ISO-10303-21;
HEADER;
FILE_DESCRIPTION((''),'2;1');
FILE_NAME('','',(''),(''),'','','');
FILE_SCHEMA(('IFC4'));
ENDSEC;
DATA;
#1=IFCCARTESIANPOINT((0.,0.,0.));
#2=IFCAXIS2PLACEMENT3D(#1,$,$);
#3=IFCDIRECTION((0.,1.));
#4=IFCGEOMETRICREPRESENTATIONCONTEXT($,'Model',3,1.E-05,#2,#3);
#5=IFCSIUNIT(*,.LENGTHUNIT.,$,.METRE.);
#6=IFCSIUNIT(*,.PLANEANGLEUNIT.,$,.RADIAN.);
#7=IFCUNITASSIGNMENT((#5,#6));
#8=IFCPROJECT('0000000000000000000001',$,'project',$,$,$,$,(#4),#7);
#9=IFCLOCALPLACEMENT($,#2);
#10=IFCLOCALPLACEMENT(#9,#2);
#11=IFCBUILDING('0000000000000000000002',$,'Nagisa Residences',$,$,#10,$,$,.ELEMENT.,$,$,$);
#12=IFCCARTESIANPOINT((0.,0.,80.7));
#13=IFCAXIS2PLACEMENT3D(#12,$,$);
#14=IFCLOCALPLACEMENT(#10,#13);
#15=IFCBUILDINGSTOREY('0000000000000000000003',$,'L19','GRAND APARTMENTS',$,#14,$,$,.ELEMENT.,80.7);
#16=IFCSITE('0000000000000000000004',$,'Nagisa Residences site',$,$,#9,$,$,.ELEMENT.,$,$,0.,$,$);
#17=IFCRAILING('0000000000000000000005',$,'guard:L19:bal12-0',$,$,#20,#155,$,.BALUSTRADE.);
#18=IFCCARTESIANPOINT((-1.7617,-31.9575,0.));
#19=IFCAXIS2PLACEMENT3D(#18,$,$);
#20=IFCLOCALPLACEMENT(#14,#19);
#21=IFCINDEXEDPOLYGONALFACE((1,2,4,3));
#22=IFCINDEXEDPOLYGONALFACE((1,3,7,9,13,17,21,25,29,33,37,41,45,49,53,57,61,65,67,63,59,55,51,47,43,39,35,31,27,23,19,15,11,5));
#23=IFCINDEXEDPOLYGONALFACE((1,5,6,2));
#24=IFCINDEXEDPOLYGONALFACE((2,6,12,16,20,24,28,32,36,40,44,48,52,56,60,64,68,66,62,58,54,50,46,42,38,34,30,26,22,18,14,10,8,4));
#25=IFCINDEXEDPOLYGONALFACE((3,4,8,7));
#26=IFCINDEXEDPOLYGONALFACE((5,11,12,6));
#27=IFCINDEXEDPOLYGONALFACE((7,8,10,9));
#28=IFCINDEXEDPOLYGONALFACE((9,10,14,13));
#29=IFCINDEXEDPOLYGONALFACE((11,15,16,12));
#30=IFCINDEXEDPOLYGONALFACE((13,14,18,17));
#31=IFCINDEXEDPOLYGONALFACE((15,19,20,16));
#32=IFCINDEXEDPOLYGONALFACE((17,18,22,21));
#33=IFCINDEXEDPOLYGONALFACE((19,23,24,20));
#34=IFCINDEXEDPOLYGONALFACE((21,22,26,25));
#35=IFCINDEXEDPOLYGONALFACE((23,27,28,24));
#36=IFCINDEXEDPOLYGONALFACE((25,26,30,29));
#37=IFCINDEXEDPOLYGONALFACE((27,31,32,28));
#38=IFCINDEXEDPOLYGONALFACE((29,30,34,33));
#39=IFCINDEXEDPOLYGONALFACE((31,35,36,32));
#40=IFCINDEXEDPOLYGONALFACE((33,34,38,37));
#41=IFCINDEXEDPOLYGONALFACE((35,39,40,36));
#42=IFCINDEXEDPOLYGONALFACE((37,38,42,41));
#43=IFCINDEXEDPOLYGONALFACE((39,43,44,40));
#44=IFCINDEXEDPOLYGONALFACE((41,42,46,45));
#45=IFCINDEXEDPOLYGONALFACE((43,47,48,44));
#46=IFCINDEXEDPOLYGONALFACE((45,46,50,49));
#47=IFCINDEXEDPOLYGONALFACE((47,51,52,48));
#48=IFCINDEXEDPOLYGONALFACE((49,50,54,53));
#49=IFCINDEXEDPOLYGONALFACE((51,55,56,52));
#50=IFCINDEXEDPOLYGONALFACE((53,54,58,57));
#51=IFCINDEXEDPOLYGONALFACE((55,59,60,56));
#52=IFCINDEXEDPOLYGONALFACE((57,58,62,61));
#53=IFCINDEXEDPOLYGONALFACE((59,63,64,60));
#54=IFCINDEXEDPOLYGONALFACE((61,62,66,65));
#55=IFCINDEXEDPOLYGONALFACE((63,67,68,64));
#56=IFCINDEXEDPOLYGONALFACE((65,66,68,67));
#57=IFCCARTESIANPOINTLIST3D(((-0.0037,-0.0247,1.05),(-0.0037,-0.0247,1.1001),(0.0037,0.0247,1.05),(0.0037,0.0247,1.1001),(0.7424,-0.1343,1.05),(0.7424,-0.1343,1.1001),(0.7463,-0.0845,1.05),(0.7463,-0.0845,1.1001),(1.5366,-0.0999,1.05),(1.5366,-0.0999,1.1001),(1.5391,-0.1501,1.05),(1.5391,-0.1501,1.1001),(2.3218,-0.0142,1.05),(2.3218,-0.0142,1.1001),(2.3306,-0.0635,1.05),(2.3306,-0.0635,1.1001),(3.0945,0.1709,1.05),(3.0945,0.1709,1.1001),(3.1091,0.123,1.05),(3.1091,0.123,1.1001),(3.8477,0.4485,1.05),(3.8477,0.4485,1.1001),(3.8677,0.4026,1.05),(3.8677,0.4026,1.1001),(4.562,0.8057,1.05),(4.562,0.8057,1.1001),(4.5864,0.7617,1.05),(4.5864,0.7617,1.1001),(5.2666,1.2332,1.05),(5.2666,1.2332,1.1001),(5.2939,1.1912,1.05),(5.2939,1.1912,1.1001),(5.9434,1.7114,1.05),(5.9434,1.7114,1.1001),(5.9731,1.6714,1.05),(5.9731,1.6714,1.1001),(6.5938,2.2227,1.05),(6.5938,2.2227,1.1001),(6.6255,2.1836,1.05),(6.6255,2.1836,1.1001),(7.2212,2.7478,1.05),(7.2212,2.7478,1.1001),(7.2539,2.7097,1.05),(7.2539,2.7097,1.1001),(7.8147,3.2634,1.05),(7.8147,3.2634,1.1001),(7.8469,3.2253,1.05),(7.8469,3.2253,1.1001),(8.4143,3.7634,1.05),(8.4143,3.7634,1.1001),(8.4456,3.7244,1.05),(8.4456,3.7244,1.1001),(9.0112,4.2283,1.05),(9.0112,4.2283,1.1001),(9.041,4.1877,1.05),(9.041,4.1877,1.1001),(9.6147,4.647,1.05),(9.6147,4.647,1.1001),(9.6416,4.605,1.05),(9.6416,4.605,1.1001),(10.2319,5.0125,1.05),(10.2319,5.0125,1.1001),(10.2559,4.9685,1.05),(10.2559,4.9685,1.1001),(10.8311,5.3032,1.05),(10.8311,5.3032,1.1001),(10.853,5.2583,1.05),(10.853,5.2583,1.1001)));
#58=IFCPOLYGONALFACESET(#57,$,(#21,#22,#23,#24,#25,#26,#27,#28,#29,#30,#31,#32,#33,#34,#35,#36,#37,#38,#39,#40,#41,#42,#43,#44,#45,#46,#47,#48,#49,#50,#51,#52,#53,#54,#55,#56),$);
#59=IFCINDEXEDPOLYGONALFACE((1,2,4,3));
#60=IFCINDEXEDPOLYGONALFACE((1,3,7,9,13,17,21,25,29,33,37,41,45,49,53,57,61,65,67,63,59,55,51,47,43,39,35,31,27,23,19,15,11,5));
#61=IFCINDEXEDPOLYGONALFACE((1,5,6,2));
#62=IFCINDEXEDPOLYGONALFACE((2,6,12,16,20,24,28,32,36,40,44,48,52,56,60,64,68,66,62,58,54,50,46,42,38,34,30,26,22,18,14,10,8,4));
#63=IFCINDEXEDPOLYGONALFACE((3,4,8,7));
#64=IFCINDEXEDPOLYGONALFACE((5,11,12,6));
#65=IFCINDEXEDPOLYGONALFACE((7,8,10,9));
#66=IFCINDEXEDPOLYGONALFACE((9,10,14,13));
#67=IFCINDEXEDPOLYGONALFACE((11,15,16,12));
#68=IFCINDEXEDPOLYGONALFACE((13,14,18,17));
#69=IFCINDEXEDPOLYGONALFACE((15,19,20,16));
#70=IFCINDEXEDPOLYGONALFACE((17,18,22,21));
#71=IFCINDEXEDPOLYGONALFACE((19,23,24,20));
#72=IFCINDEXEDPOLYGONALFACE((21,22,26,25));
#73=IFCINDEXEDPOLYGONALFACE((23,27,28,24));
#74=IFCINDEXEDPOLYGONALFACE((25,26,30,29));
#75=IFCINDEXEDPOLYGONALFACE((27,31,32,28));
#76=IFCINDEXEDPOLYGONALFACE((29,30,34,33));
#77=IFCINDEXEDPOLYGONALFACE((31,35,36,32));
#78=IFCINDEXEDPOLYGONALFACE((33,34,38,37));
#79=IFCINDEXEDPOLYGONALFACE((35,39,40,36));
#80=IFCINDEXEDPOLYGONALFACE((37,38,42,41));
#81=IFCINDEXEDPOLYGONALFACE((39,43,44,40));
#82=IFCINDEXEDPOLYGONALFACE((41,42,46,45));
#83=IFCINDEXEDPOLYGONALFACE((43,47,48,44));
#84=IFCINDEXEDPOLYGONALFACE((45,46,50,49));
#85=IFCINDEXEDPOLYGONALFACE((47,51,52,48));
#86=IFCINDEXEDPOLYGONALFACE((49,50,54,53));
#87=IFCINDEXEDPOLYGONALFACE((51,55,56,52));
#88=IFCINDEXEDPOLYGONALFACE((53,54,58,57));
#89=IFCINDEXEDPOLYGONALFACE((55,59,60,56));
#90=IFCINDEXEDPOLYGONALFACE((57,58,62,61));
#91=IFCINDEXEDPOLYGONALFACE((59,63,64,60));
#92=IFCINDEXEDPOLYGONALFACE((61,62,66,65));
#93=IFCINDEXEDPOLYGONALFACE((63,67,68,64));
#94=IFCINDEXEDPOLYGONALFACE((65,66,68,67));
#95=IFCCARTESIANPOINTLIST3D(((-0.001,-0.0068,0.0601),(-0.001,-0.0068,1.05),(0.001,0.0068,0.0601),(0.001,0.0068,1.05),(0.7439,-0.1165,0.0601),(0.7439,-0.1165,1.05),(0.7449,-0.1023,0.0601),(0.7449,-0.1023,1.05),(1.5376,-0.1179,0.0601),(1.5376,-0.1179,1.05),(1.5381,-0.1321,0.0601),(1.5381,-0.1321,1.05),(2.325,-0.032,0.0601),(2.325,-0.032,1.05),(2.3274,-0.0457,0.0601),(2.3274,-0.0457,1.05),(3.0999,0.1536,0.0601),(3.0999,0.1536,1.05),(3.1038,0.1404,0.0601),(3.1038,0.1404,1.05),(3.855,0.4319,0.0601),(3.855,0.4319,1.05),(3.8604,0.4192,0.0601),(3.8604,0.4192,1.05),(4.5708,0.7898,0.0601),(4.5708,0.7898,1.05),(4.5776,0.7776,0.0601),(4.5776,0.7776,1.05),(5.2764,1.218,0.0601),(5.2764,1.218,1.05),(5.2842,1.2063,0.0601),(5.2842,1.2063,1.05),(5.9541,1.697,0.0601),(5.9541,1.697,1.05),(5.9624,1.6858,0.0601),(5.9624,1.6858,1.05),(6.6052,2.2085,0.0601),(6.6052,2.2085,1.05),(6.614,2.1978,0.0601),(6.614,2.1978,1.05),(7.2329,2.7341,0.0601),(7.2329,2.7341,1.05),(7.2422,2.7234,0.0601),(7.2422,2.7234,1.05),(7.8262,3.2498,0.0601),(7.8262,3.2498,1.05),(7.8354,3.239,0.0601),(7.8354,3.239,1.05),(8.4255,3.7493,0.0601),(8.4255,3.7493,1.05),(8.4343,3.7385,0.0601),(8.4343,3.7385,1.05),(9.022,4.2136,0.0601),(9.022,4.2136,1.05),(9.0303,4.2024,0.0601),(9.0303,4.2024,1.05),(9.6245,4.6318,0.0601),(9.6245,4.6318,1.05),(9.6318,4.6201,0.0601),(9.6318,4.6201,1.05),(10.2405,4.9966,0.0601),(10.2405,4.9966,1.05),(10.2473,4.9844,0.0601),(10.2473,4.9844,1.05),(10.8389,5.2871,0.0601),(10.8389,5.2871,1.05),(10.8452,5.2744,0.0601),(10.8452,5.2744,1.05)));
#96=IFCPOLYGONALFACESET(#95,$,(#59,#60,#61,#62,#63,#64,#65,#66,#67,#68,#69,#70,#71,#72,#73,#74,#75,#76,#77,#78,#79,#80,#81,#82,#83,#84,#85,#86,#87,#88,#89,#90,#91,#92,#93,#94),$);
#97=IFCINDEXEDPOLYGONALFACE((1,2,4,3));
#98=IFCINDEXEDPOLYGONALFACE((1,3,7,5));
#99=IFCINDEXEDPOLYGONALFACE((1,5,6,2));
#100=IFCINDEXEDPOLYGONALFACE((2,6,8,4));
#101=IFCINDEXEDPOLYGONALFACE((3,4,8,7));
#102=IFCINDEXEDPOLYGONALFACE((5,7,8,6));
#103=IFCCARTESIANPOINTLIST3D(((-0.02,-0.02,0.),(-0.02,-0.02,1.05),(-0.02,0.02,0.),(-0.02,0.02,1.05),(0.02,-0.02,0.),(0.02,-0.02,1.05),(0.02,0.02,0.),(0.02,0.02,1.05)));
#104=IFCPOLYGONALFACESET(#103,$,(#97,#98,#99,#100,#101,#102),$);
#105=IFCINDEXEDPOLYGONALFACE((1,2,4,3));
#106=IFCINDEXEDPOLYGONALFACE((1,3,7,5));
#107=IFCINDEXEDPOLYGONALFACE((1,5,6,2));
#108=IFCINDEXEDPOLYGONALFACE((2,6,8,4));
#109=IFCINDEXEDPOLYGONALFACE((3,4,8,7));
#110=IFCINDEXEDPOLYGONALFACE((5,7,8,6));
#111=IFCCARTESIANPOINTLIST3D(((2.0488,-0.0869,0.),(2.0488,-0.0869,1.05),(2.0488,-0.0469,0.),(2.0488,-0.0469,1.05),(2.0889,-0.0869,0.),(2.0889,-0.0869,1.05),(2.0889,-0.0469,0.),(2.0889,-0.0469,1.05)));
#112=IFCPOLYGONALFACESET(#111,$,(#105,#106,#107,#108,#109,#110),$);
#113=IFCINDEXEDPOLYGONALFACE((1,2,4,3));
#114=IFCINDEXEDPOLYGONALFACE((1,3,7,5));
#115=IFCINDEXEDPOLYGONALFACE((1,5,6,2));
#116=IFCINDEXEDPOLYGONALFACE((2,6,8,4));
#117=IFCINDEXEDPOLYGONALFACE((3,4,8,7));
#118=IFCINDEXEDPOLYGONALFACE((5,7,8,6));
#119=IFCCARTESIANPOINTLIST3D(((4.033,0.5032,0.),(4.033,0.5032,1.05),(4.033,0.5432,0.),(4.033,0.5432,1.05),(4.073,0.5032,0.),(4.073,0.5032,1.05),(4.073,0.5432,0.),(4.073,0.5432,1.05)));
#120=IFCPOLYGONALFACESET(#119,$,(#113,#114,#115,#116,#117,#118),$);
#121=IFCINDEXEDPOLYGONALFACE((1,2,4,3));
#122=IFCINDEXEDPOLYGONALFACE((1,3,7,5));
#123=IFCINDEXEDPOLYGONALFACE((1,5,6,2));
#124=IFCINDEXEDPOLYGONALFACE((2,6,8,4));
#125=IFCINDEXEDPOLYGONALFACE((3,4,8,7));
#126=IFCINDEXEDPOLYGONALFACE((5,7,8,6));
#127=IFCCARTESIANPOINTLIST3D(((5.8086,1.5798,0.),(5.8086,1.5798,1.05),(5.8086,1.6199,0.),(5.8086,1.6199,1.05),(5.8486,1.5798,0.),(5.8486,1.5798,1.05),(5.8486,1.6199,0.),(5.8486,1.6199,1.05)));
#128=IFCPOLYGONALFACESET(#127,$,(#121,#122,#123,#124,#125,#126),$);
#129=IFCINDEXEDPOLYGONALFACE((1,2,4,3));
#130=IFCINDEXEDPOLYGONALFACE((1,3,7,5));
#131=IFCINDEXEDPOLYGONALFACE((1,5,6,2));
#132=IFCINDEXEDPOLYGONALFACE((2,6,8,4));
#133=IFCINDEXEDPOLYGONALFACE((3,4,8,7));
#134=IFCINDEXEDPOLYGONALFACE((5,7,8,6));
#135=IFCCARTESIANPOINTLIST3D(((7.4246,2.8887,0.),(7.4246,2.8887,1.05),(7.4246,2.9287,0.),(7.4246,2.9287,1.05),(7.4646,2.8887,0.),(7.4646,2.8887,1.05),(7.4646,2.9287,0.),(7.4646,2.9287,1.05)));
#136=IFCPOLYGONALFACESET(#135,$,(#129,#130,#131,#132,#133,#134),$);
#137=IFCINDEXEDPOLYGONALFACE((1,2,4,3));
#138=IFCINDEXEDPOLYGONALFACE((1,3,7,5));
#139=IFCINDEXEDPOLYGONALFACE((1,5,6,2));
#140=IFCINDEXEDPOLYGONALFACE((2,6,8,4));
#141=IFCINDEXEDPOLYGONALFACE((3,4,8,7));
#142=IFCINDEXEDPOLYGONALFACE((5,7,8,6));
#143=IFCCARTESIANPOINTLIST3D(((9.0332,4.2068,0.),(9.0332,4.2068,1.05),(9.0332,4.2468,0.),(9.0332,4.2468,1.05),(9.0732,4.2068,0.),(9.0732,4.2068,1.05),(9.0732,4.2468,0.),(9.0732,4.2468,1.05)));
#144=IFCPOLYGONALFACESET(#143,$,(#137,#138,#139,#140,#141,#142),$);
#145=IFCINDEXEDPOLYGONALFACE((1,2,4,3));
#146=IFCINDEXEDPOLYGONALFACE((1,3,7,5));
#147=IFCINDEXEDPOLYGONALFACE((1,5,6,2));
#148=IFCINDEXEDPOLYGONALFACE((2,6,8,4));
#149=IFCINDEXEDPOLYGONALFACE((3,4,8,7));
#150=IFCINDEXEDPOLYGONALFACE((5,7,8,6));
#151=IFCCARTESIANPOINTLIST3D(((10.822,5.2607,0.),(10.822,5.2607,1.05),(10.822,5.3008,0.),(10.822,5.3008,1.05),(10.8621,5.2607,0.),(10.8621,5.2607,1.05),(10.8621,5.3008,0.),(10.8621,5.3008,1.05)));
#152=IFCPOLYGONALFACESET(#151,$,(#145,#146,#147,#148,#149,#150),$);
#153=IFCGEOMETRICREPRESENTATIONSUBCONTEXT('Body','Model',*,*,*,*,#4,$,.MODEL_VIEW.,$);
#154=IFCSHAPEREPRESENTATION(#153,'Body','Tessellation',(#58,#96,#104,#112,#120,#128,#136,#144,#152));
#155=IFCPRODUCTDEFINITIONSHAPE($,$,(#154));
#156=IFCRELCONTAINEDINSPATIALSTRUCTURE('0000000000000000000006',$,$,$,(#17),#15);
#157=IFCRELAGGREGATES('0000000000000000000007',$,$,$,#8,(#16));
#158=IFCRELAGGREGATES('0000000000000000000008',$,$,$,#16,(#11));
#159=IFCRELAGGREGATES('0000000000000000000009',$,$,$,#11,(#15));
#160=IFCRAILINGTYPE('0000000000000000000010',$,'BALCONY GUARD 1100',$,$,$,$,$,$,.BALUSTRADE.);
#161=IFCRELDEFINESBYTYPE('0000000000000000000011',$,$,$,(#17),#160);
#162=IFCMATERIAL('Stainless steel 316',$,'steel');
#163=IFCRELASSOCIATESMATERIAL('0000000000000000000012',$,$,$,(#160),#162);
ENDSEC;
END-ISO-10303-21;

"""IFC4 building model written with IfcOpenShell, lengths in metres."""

from ifc_helpers import new_model, si_unit, direction, frame, origin, origin_2d, place, context, subcontext, project, spatial, polyline, rectangle, outline, extrude, material, type_object, element, save


model = new_model("IFC4")

# Units and contexts
model_context = context("Model", 3, precision=1e-05, world=origin(), true_north=direction((0.0, 1.0)))
body_context = subcontext(model_context, "Body", "Model", "MODEL_VIEW")
ifc_project = project(units=[si_unit("LENGTHUNIT", "METRE"), si_unit("PLANEANGLEUNIT", "RADIAN")], contexts=[model_context])

# Site, building, storey
site_placement = place(None, origin())
site = spatial("IfcSite", under=ifc_project, at=site_placement, Name="Nagisa Residences site", CompositionType="ELEMENT", RefElevation=0.0)
building_placement = place(site_placement, origin())
building = spatial("IfcBuilding", under=site, at=building_placement, Name="Nagisa Residences", CompositionType="ELEMENT")
storey_placement = place(building_placement, frame((0.0, 0.0, 80.7)))
storey = spatial("IfcBuildingStorey", under=building, at=storey_placement, Name="L19", Description="GRAND APARTMENTS", CompositionType="ELEMENT", Elevation=80.7)

# Railing
ifc_material_1 = material(Name="Stainless steel 316", Category="steel")
railing_type = type_object("IfcRailingType", Name="BALCONY GUARD 1100", PredefinedType="BALUSTRADE", material=ifc_material_1)
railing_placement = place(storey_placement, frame((-1.7617, -31.9575, 0.0)))
element("IfcRailing", 1, at=railing_placement, inside=storey, type_object=railing_type, Name="guard:L19:bal12-0", PredefinedType="BALUSTRADE", context=body_context, shape_type="SweptSolid", body=[
    extrude(outline(polyline([(0.7463, -0.0845), (0.0037, 0.0247), (-0.0037, -0.0247), (0.7424, -0.1343), (1.5391, -0.1501), (2.3306, -0.0635), (3.1091, 0.123), (3.8677, 0.4026), (4.5864, 0.7617), (5.2939, 1.1912), (5.9731, 1.6714), (6.6255, 2.1836), (7.2539, 2.7097), (7.8469, 3.2253), (8.4456, 3.7244), (9.041, 4.1877), (9.6416, 4.605), (10.2559, 4.9685), (10.853, 5.2583), (10.8311, 5.3032), (10.2319, 5.0125), (9.6147, 4.647), (9.0112, 4.2283), (8.4143, 3.7634), (7.8147, 3.2634), (7.2212, 2.7478), (6.5938, 2.2227), (5.9434, 1.7114), (5.2666, 1.2332), (4.562, 0.8057), (3.8477, 0.4485), (3.0945, 0.1709), (2.3218, -0.0142), (1.5366, -0.0999), (0.7463, -0.0845)])), frame((0.0, 0.0, 1.05)), (0.0, 0.0, 1.0), 0.05),
    extrude(outline(polyline([(0.7449, -0.1023), (0.001, 0.0068), (-0.001, -0.0068), (0.7439, -0.1165), (1.5381, -0.1321), (2.3274, -0.0457), (3.1038, 0.1404), (3.8604, 0.4192), (4.5776, 0.7776), (5.2842, 1.2063), (5.9624, 1.6858), (6.614, 2.1978), (7.2422, 2.7234), (7.8354, 3.239), (8.4343, 3.7385), (9.0303, 4.2024), (9.6318, 4.6201), (10.2473, 4.9844), (10.8452, 5.2744), (10.8389, 5.2871), (10.2405, 4.9966), (9.6245, 4.6318), (9.022, 4.2136), (8.4255, 3.7493), (7.8262, 3.2498), (7.2329, 2.7341), (6.6052, 2.2085), (5.9541, 1.697), (5.2764, 1.218), (4.5708, 0.7898), (3.855, 0.4319), (3.0999, 0.1536), (2.325, -0.032), (1.5376, -0.1179), (0.7449, -0.1023)])), frame((0.0, 0.0, 0.0601)), (0.0, 0.0, 1.0), 0.99),
    extrude(rectangle(XDim=0.04, YDim=0.04, at=origin_2d()), origin(), (0.0, 0.0, 1.0), 1.05),
    extrude(rectangle(XDim=0.04, YDim=0.04, at=origin_2d()), frame((2.0688, -0.0669, 0.0)), (0.0, 0.0, 1.0), 1.05),
    extrude(rectangle(XDim=0.04, YDim=0.04, at=origin_2d()), frame((4.053, 0.5232, 0.0)), (0.0, 0.0, 1.0), 1.05),
    extrude(rectangle(XDim=0.04, YDim=0.04, at=origin_2d()), frame((5.8286, 1.5999, 0.0)), (0.0, 0.0, 1.0), 1.05),
    extrude(rectangle(XDim=0.04, YDim=0.04, at=origin_2d()), frame((7.4446, 2.9087, 0.0)), (0.0, 0.0, 1.0), 1.05),
    extrude(rectangle(XDim=0.04, YDim=0.04, at=origin_2d()), frame((9.0532, 4.2268, 0.0)), (0.0, 0.0, 1.0), 1.05),
    extrude(rectangle(XDim=0.04, YDim=0.04, at=origin_2d()), frame((10.842, 5.2808, 0.0)), (0.0, 0.0, 1.0), 1.05),
])

save(model, "model.ifc")
